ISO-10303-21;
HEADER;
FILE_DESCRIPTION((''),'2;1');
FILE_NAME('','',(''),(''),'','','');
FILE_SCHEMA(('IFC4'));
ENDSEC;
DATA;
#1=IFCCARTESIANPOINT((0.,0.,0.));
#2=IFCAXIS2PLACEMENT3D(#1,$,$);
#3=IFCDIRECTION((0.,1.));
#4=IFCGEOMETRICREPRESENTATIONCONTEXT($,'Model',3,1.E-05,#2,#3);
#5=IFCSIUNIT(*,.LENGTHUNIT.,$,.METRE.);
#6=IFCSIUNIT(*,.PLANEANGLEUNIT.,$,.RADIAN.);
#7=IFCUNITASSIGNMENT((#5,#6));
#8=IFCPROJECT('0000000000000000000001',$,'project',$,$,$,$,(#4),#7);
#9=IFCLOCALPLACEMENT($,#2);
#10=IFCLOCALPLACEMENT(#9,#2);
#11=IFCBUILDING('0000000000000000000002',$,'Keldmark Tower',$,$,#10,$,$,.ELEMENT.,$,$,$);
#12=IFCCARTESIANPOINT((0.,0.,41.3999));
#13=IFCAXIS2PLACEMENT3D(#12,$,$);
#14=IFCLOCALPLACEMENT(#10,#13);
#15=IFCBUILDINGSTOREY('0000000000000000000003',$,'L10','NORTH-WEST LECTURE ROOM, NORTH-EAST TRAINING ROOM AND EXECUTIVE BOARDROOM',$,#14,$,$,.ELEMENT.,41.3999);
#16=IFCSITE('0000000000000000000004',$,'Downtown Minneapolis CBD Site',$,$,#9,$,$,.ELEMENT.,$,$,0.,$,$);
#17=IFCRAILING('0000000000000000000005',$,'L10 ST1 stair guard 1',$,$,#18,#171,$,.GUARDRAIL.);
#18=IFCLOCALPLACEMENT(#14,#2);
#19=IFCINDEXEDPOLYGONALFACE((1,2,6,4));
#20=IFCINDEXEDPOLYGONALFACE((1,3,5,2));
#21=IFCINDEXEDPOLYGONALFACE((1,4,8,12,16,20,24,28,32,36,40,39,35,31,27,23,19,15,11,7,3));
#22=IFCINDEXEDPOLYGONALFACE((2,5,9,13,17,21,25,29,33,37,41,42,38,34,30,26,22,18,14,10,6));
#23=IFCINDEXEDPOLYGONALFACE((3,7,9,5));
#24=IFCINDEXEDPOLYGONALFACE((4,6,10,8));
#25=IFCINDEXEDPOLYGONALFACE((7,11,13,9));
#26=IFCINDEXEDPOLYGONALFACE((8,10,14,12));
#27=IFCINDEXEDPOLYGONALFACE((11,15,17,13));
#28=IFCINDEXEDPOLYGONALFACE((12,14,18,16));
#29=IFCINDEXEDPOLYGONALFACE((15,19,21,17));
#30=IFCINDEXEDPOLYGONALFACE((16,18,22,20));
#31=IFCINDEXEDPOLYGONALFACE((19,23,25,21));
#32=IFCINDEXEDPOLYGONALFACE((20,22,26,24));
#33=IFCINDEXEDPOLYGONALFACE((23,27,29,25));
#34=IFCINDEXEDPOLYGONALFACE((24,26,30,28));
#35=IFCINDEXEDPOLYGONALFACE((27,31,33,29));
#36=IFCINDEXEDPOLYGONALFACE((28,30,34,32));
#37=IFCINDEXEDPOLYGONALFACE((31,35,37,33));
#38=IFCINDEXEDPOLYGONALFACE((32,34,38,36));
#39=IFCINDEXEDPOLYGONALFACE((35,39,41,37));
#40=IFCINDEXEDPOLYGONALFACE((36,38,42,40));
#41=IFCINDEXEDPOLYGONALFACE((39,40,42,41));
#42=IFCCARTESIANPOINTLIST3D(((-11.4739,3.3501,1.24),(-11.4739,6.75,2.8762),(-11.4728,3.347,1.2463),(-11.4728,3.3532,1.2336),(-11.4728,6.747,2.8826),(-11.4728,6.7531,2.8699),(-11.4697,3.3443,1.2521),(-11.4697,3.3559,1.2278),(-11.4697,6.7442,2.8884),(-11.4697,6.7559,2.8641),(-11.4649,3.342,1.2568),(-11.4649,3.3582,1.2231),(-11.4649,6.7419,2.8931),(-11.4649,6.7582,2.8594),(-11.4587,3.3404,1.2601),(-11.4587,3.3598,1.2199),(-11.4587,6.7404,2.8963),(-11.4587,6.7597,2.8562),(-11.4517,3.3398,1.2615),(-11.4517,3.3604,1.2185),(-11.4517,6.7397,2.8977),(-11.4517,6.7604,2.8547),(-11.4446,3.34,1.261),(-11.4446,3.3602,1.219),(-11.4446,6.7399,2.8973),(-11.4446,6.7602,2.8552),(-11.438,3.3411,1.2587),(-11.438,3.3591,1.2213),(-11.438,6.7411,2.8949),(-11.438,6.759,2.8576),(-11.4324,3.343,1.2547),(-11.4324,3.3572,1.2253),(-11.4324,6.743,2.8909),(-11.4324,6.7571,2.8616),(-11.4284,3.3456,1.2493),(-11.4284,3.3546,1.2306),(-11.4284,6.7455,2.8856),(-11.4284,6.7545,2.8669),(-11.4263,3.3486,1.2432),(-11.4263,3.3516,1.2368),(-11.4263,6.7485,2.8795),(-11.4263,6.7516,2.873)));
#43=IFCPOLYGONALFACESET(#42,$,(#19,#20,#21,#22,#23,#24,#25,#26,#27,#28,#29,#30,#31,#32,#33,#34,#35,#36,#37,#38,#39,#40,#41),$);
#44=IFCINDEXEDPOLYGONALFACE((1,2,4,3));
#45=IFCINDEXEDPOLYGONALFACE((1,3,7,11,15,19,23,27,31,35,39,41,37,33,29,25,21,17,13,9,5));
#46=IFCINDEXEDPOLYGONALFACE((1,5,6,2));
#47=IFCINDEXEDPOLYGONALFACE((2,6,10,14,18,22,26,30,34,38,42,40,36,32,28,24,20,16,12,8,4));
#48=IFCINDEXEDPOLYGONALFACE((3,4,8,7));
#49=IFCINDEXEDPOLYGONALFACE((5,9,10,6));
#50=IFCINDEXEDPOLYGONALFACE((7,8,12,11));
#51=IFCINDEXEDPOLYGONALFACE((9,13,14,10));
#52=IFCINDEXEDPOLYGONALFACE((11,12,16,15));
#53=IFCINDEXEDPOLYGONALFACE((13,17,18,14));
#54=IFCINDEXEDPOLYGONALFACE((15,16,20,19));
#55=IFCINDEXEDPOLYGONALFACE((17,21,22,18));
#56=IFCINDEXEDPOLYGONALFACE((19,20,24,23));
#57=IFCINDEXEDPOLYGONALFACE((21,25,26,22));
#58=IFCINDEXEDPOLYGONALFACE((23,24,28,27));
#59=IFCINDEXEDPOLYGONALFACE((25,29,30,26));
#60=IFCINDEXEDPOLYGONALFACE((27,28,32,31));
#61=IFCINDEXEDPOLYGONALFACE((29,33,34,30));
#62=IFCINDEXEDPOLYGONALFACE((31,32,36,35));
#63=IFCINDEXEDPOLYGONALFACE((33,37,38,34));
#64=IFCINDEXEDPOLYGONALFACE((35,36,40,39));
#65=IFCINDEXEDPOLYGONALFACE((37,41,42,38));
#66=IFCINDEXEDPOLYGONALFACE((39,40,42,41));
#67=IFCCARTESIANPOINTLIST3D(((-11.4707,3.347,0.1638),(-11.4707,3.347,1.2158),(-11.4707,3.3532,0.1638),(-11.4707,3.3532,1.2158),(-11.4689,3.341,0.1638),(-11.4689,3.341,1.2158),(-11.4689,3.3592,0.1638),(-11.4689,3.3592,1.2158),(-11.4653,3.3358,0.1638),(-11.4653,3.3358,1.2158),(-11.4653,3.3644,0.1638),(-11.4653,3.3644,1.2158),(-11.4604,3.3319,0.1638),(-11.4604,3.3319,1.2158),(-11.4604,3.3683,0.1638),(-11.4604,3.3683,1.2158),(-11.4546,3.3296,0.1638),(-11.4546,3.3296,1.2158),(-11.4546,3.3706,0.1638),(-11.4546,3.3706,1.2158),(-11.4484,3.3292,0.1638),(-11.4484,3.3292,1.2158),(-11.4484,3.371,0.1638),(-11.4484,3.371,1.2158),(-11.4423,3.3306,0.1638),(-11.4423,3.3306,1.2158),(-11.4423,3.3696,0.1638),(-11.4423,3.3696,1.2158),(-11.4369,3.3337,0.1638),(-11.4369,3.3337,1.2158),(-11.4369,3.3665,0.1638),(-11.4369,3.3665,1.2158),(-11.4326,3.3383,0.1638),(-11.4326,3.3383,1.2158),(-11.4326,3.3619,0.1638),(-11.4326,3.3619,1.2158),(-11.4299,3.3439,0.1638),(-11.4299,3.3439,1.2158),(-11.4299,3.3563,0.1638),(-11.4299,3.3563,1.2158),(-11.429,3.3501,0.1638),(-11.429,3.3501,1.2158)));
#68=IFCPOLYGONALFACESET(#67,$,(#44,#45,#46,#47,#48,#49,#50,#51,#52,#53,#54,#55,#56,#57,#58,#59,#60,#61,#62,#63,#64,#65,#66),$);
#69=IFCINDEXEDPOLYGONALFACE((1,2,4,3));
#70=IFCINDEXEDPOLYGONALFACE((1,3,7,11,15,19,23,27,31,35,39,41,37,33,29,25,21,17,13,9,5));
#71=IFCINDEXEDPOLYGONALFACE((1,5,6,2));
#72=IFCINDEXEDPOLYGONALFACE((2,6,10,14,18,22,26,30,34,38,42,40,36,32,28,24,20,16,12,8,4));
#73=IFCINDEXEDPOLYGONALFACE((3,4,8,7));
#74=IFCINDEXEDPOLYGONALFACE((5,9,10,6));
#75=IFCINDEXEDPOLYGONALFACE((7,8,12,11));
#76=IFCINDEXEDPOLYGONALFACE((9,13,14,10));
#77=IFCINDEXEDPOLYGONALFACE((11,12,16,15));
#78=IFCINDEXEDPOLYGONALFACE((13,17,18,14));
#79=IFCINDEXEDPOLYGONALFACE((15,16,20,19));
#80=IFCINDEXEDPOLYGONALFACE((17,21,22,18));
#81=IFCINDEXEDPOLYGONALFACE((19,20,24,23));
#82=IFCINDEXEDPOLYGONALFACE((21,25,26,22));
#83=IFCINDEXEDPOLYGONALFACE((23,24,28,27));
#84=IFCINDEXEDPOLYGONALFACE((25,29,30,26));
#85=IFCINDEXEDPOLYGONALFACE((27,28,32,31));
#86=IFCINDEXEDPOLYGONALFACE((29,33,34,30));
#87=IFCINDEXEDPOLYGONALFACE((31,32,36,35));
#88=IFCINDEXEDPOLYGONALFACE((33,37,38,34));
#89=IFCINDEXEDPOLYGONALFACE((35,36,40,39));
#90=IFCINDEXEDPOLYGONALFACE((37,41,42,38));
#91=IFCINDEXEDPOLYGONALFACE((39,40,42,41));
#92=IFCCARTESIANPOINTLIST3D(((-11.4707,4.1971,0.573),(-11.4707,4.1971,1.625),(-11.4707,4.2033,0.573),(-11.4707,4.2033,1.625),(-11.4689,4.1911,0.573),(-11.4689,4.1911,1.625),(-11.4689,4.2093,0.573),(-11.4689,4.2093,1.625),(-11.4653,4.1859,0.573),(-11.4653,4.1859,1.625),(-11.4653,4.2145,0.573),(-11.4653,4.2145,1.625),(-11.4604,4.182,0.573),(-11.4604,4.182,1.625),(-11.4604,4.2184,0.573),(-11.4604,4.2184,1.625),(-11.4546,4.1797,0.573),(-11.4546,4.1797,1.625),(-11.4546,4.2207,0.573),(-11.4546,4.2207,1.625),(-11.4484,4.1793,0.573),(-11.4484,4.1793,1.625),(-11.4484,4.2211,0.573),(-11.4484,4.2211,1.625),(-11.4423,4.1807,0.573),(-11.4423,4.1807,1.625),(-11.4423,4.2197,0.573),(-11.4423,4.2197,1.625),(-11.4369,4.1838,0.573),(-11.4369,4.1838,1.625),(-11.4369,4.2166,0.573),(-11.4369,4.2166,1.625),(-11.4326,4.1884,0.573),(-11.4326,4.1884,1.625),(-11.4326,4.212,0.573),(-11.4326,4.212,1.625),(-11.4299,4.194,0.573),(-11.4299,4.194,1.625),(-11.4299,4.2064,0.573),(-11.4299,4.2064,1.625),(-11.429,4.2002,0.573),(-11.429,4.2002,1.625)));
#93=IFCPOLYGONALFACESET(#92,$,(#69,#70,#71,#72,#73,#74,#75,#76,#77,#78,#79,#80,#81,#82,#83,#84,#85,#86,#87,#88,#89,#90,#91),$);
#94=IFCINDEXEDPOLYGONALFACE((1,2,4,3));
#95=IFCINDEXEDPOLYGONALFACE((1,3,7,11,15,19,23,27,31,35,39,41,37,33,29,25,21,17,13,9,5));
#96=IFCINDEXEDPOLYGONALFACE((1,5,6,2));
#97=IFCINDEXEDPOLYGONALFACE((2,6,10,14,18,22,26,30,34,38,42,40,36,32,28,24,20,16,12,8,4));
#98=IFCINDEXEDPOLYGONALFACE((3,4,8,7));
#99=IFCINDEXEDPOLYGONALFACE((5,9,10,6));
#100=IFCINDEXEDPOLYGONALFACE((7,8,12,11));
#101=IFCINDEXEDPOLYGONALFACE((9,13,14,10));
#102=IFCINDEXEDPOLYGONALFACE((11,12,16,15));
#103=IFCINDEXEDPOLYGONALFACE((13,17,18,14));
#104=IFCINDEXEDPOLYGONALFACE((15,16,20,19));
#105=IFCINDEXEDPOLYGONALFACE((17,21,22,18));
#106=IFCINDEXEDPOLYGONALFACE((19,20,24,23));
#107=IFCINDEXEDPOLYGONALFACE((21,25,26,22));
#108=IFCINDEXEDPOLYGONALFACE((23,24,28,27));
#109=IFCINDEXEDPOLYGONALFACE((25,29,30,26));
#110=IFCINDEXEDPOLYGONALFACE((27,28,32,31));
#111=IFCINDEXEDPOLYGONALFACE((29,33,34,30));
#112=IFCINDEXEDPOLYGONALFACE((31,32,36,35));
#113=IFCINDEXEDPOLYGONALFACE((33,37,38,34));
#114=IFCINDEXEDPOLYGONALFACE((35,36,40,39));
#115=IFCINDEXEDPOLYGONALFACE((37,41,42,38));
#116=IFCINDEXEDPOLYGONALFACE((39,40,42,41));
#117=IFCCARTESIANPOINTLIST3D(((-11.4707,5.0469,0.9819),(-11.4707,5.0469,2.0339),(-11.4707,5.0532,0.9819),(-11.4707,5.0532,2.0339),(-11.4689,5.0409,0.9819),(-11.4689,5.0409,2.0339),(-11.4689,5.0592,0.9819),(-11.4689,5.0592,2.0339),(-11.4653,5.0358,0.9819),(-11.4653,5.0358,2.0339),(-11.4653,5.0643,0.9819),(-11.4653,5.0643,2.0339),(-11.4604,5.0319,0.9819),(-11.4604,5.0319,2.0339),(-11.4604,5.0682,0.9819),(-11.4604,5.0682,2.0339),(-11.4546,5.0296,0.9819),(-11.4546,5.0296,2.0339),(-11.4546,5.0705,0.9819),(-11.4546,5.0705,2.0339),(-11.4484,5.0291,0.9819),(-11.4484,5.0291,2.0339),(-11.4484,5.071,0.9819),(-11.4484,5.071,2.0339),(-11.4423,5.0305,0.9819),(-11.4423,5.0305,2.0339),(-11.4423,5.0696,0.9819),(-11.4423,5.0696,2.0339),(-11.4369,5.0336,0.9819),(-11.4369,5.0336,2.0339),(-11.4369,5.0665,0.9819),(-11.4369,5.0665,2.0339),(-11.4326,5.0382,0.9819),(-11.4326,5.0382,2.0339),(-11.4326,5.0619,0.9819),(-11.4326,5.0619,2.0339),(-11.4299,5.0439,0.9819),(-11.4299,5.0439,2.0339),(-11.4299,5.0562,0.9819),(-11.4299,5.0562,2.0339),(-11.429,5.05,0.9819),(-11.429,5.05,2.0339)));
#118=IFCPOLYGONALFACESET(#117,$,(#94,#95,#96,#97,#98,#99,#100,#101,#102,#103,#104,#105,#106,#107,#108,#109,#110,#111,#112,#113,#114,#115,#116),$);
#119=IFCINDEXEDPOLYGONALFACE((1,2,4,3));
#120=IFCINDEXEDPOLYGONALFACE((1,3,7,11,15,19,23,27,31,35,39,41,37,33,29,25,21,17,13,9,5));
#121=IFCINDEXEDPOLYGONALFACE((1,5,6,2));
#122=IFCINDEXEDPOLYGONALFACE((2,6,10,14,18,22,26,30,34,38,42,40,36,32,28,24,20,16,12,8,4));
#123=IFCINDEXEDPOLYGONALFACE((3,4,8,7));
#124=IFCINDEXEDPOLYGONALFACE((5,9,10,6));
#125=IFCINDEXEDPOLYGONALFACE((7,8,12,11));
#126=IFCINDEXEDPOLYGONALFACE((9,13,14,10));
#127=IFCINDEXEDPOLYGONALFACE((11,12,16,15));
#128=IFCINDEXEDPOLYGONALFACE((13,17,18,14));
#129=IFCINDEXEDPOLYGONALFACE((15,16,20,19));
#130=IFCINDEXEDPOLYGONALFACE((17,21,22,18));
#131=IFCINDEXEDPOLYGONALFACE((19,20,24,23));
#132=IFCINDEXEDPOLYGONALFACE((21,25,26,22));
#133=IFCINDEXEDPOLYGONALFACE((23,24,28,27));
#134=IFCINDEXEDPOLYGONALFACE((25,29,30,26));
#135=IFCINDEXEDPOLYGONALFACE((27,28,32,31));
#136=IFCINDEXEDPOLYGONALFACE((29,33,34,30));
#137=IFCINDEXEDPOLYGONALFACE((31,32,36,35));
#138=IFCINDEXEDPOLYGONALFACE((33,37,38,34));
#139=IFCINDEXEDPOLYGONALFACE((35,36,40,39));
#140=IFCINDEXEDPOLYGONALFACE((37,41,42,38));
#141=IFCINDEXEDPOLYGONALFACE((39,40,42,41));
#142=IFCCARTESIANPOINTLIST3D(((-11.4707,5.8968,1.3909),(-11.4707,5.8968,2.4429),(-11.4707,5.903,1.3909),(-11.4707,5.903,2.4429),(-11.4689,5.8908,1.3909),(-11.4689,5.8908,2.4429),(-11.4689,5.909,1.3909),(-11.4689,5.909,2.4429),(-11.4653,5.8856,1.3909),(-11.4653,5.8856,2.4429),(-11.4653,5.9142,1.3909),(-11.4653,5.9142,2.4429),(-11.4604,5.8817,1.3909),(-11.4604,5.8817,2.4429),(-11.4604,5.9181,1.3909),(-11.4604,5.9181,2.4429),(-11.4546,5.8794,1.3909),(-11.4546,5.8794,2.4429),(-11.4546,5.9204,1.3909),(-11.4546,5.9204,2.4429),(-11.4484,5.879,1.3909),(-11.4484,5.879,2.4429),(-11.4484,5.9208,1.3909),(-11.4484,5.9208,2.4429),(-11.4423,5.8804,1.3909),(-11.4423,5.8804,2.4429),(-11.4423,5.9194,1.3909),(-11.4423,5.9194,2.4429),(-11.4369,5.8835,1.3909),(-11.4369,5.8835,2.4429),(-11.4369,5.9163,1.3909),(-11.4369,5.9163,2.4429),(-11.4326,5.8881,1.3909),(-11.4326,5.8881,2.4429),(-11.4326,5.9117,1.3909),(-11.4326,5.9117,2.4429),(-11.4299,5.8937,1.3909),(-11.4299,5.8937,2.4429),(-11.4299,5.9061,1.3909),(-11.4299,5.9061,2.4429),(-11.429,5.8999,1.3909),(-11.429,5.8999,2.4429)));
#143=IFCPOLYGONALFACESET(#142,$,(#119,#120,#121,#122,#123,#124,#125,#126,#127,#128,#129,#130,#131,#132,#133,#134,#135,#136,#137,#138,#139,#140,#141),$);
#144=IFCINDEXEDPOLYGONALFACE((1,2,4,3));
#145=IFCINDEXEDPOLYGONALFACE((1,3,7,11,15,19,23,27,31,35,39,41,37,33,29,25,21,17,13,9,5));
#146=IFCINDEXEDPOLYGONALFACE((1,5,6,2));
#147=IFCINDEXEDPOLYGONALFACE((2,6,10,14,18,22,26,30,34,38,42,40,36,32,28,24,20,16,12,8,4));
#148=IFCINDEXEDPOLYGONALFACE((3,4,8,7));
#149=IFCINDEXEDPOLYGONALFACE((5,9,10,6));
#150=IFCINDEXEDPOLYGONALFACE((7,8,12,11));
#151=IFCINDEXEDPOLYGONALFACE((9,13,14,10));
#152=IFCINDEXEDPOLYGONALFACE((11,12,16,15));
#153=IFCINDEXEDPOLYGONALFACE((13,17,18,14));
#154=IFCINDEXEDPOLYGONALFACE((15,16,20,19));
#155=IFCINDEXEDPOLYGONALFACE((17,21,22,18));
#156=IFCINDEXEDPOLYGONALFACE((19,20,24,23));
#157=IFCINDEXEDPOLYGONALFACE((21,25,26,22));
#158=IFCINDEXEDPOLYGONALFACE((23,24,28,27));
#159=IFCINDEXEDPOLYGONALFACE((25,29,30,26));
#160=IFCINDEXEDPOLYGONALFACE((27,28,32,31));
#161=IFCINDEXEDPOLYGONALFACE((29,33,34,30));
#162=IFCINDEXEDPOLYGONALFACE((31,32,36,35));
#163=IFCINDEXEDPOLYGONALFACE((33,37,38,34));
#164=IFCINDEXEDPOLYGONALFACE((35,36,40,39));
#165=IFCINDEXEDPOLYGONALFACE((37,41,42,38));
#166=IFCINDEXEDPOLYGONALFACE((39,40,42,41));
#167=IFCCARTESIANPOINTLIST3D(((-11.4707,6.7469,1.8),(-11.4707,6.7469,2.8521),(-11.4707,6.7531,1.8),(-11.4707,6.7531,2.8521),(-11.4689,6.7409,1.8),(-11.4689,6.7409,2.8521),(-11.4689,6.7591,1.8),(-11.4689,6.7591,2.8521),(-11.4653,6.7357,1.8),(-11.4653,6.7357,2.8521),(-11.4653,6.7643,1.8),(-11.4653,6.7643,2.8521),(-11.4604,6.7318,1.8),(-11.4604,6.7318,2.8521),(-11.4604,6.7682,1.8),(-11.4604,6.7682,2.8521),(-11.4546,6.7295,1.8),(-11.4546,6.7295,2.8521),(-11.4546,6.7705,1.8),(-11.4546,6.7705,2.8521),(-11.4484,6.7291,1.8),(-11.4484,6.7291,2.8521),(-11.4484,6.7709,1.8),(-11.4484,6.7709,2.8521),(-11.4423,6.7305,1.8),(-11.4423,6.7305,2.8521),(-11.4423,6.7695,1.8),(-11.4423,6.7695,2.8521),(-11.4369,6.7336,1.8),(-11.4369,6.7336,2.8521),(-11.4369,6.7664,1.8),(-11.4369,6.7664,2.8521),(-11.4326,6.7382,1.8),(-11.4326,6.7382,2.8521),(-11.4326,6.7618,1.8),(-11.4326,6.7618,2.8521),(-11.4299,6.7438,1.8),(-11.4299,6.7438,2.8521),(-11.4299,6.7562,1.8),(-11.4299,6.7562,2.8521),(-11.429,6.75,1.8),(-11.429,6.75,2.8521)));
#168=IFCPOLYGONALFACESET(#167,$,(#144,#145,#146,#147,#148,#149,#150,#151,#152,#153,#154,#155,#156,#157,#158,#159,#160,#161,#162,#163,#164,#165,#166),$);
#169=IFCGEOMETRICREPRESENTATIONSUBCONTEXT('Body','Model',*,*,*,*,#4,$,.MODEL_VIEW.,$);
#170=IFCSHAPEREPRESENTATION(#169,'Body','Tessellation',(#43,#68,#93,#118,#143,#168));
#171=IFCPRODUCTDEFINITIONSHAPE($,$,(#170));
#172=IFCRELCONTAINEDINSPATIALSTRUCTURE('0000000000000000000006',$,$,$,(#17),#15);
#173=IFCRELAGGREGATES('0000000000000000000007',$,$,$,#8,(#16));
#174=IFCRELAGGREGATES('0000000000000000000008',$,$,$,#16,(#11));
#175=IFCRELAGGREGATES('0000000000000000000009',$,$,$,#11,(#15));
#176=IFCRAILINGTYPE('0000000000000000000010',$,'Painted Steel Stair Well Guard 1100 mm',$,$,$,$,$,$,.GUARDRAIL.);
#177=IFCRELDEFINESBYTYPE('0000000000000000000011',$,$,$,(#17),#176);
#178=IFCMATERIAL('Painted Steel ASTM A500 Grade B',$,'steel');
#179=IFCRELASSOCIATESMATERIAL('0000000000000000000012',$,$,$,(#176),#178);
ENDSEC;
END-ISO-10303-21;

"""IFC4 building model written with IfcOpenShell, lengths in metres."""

from ifc_helpers import new_model, si_unit, direction, frame, origin, origin_2d, place, context, subcontext, project, spatial, circle, extrude, material, type_object, element, save


model = new_model("IFC4")

# Units and contexts
model_context = context("Model", 3, precision=1e-05, world=origin(), true_north=direction((0.0, 1.0)))
body_context = subcontext(model_context, "Body", "Model", "MODEL_VIEW")
ifc_project = project(units=[si_unit("LENGTHUNIT", "METRE"), si_unit("PLANEANGLEUNIT", "RADIAN")], contexts=[model_context])

# Site, building, storey
site_placement = place(None, origin())
site = spatial("IfcSite", under=ifc_project, at=site_placement, Name="Downtown Minneapolis CBD Site", CompositionType="ELEMENT", RefElevation=0.0)
building_placement = place(site_placement, origin())
building = spatial("IfcBuilding", under=site, at=building_placement, Name="Keldmark Tower", CompositionType="ELEMENT")
storey_placement = place(building_placement, frame((0.0, 0.0, 41.3999)))
storey = spatial("IfcBuildingStorey", under=building, at=storey_placement, Name="L10", Description="NORTH-WEST LECTURE ROOM, NORTH-EAST TRAINING ROOM AND EXECUTIVE BOARDROOM", CompositionType="ELEMENT", Elevation=41.3999)

# Railing
ifc_material_1 = material(Name="Painted Steel ASTM A500 Grade B", Category="steel")
railing_type_1 = type_object("IfcRailingType", Name="Painted Steel Stair Well Guard 1100 mm", PredefinedType="GUARDRAIL", material=ifc_material_1)
railing_1_placement = place(storey_placement, frame((-11.45, 3.3501, 0.1638)))
element("IfcRailing", 1, at=railing_1_placement, inside=storey, type_object=railing_type_1, Name="L10 ST1 stair guard 1", PredefinedType="GUARDRAIL", context=body_context, shape_type="SweptSolid", body=[
    extrude(circle(Radius=0.0239, at=origin_2d()), frame((0.0, 0.0, 1.0762), z_axis=(0.0, 0.90108, 0.433652), x_axis=(-1.0, 0.0, 0.0)), (0.0, 0.0, 1.0), 3.7732),
    extrude(circle(Radius=0.021, at=origin_2d()), origin(), (0.0, 0.0, 1.0), 1.052),
    extrude(circle(Radius=0.021, at=origin_2d()), frame((0.0, 0.8501, 0.4092)), (0.0, 0.0, 1.0), 1.052),
    extrude(circle(Radius=0.021, at=origin_2d()), frame((0.0, 1.7, 0.8181)), (0.0, 0.0, 1.0), 1.052),
    extrude(circle(Radius=0.021, at=origin_2d()), frame((0.0, 2.5498, 1.2271)), (0.0, 0.0, 1.0), 1.052),
    extrude(circle(Radius=0.021, at=origin_2d()), frame((0.0, 3.3999, 1.6362)), (0.0, 0.0, 1.0), 1.052),
])

save(model, "model.ifc")
